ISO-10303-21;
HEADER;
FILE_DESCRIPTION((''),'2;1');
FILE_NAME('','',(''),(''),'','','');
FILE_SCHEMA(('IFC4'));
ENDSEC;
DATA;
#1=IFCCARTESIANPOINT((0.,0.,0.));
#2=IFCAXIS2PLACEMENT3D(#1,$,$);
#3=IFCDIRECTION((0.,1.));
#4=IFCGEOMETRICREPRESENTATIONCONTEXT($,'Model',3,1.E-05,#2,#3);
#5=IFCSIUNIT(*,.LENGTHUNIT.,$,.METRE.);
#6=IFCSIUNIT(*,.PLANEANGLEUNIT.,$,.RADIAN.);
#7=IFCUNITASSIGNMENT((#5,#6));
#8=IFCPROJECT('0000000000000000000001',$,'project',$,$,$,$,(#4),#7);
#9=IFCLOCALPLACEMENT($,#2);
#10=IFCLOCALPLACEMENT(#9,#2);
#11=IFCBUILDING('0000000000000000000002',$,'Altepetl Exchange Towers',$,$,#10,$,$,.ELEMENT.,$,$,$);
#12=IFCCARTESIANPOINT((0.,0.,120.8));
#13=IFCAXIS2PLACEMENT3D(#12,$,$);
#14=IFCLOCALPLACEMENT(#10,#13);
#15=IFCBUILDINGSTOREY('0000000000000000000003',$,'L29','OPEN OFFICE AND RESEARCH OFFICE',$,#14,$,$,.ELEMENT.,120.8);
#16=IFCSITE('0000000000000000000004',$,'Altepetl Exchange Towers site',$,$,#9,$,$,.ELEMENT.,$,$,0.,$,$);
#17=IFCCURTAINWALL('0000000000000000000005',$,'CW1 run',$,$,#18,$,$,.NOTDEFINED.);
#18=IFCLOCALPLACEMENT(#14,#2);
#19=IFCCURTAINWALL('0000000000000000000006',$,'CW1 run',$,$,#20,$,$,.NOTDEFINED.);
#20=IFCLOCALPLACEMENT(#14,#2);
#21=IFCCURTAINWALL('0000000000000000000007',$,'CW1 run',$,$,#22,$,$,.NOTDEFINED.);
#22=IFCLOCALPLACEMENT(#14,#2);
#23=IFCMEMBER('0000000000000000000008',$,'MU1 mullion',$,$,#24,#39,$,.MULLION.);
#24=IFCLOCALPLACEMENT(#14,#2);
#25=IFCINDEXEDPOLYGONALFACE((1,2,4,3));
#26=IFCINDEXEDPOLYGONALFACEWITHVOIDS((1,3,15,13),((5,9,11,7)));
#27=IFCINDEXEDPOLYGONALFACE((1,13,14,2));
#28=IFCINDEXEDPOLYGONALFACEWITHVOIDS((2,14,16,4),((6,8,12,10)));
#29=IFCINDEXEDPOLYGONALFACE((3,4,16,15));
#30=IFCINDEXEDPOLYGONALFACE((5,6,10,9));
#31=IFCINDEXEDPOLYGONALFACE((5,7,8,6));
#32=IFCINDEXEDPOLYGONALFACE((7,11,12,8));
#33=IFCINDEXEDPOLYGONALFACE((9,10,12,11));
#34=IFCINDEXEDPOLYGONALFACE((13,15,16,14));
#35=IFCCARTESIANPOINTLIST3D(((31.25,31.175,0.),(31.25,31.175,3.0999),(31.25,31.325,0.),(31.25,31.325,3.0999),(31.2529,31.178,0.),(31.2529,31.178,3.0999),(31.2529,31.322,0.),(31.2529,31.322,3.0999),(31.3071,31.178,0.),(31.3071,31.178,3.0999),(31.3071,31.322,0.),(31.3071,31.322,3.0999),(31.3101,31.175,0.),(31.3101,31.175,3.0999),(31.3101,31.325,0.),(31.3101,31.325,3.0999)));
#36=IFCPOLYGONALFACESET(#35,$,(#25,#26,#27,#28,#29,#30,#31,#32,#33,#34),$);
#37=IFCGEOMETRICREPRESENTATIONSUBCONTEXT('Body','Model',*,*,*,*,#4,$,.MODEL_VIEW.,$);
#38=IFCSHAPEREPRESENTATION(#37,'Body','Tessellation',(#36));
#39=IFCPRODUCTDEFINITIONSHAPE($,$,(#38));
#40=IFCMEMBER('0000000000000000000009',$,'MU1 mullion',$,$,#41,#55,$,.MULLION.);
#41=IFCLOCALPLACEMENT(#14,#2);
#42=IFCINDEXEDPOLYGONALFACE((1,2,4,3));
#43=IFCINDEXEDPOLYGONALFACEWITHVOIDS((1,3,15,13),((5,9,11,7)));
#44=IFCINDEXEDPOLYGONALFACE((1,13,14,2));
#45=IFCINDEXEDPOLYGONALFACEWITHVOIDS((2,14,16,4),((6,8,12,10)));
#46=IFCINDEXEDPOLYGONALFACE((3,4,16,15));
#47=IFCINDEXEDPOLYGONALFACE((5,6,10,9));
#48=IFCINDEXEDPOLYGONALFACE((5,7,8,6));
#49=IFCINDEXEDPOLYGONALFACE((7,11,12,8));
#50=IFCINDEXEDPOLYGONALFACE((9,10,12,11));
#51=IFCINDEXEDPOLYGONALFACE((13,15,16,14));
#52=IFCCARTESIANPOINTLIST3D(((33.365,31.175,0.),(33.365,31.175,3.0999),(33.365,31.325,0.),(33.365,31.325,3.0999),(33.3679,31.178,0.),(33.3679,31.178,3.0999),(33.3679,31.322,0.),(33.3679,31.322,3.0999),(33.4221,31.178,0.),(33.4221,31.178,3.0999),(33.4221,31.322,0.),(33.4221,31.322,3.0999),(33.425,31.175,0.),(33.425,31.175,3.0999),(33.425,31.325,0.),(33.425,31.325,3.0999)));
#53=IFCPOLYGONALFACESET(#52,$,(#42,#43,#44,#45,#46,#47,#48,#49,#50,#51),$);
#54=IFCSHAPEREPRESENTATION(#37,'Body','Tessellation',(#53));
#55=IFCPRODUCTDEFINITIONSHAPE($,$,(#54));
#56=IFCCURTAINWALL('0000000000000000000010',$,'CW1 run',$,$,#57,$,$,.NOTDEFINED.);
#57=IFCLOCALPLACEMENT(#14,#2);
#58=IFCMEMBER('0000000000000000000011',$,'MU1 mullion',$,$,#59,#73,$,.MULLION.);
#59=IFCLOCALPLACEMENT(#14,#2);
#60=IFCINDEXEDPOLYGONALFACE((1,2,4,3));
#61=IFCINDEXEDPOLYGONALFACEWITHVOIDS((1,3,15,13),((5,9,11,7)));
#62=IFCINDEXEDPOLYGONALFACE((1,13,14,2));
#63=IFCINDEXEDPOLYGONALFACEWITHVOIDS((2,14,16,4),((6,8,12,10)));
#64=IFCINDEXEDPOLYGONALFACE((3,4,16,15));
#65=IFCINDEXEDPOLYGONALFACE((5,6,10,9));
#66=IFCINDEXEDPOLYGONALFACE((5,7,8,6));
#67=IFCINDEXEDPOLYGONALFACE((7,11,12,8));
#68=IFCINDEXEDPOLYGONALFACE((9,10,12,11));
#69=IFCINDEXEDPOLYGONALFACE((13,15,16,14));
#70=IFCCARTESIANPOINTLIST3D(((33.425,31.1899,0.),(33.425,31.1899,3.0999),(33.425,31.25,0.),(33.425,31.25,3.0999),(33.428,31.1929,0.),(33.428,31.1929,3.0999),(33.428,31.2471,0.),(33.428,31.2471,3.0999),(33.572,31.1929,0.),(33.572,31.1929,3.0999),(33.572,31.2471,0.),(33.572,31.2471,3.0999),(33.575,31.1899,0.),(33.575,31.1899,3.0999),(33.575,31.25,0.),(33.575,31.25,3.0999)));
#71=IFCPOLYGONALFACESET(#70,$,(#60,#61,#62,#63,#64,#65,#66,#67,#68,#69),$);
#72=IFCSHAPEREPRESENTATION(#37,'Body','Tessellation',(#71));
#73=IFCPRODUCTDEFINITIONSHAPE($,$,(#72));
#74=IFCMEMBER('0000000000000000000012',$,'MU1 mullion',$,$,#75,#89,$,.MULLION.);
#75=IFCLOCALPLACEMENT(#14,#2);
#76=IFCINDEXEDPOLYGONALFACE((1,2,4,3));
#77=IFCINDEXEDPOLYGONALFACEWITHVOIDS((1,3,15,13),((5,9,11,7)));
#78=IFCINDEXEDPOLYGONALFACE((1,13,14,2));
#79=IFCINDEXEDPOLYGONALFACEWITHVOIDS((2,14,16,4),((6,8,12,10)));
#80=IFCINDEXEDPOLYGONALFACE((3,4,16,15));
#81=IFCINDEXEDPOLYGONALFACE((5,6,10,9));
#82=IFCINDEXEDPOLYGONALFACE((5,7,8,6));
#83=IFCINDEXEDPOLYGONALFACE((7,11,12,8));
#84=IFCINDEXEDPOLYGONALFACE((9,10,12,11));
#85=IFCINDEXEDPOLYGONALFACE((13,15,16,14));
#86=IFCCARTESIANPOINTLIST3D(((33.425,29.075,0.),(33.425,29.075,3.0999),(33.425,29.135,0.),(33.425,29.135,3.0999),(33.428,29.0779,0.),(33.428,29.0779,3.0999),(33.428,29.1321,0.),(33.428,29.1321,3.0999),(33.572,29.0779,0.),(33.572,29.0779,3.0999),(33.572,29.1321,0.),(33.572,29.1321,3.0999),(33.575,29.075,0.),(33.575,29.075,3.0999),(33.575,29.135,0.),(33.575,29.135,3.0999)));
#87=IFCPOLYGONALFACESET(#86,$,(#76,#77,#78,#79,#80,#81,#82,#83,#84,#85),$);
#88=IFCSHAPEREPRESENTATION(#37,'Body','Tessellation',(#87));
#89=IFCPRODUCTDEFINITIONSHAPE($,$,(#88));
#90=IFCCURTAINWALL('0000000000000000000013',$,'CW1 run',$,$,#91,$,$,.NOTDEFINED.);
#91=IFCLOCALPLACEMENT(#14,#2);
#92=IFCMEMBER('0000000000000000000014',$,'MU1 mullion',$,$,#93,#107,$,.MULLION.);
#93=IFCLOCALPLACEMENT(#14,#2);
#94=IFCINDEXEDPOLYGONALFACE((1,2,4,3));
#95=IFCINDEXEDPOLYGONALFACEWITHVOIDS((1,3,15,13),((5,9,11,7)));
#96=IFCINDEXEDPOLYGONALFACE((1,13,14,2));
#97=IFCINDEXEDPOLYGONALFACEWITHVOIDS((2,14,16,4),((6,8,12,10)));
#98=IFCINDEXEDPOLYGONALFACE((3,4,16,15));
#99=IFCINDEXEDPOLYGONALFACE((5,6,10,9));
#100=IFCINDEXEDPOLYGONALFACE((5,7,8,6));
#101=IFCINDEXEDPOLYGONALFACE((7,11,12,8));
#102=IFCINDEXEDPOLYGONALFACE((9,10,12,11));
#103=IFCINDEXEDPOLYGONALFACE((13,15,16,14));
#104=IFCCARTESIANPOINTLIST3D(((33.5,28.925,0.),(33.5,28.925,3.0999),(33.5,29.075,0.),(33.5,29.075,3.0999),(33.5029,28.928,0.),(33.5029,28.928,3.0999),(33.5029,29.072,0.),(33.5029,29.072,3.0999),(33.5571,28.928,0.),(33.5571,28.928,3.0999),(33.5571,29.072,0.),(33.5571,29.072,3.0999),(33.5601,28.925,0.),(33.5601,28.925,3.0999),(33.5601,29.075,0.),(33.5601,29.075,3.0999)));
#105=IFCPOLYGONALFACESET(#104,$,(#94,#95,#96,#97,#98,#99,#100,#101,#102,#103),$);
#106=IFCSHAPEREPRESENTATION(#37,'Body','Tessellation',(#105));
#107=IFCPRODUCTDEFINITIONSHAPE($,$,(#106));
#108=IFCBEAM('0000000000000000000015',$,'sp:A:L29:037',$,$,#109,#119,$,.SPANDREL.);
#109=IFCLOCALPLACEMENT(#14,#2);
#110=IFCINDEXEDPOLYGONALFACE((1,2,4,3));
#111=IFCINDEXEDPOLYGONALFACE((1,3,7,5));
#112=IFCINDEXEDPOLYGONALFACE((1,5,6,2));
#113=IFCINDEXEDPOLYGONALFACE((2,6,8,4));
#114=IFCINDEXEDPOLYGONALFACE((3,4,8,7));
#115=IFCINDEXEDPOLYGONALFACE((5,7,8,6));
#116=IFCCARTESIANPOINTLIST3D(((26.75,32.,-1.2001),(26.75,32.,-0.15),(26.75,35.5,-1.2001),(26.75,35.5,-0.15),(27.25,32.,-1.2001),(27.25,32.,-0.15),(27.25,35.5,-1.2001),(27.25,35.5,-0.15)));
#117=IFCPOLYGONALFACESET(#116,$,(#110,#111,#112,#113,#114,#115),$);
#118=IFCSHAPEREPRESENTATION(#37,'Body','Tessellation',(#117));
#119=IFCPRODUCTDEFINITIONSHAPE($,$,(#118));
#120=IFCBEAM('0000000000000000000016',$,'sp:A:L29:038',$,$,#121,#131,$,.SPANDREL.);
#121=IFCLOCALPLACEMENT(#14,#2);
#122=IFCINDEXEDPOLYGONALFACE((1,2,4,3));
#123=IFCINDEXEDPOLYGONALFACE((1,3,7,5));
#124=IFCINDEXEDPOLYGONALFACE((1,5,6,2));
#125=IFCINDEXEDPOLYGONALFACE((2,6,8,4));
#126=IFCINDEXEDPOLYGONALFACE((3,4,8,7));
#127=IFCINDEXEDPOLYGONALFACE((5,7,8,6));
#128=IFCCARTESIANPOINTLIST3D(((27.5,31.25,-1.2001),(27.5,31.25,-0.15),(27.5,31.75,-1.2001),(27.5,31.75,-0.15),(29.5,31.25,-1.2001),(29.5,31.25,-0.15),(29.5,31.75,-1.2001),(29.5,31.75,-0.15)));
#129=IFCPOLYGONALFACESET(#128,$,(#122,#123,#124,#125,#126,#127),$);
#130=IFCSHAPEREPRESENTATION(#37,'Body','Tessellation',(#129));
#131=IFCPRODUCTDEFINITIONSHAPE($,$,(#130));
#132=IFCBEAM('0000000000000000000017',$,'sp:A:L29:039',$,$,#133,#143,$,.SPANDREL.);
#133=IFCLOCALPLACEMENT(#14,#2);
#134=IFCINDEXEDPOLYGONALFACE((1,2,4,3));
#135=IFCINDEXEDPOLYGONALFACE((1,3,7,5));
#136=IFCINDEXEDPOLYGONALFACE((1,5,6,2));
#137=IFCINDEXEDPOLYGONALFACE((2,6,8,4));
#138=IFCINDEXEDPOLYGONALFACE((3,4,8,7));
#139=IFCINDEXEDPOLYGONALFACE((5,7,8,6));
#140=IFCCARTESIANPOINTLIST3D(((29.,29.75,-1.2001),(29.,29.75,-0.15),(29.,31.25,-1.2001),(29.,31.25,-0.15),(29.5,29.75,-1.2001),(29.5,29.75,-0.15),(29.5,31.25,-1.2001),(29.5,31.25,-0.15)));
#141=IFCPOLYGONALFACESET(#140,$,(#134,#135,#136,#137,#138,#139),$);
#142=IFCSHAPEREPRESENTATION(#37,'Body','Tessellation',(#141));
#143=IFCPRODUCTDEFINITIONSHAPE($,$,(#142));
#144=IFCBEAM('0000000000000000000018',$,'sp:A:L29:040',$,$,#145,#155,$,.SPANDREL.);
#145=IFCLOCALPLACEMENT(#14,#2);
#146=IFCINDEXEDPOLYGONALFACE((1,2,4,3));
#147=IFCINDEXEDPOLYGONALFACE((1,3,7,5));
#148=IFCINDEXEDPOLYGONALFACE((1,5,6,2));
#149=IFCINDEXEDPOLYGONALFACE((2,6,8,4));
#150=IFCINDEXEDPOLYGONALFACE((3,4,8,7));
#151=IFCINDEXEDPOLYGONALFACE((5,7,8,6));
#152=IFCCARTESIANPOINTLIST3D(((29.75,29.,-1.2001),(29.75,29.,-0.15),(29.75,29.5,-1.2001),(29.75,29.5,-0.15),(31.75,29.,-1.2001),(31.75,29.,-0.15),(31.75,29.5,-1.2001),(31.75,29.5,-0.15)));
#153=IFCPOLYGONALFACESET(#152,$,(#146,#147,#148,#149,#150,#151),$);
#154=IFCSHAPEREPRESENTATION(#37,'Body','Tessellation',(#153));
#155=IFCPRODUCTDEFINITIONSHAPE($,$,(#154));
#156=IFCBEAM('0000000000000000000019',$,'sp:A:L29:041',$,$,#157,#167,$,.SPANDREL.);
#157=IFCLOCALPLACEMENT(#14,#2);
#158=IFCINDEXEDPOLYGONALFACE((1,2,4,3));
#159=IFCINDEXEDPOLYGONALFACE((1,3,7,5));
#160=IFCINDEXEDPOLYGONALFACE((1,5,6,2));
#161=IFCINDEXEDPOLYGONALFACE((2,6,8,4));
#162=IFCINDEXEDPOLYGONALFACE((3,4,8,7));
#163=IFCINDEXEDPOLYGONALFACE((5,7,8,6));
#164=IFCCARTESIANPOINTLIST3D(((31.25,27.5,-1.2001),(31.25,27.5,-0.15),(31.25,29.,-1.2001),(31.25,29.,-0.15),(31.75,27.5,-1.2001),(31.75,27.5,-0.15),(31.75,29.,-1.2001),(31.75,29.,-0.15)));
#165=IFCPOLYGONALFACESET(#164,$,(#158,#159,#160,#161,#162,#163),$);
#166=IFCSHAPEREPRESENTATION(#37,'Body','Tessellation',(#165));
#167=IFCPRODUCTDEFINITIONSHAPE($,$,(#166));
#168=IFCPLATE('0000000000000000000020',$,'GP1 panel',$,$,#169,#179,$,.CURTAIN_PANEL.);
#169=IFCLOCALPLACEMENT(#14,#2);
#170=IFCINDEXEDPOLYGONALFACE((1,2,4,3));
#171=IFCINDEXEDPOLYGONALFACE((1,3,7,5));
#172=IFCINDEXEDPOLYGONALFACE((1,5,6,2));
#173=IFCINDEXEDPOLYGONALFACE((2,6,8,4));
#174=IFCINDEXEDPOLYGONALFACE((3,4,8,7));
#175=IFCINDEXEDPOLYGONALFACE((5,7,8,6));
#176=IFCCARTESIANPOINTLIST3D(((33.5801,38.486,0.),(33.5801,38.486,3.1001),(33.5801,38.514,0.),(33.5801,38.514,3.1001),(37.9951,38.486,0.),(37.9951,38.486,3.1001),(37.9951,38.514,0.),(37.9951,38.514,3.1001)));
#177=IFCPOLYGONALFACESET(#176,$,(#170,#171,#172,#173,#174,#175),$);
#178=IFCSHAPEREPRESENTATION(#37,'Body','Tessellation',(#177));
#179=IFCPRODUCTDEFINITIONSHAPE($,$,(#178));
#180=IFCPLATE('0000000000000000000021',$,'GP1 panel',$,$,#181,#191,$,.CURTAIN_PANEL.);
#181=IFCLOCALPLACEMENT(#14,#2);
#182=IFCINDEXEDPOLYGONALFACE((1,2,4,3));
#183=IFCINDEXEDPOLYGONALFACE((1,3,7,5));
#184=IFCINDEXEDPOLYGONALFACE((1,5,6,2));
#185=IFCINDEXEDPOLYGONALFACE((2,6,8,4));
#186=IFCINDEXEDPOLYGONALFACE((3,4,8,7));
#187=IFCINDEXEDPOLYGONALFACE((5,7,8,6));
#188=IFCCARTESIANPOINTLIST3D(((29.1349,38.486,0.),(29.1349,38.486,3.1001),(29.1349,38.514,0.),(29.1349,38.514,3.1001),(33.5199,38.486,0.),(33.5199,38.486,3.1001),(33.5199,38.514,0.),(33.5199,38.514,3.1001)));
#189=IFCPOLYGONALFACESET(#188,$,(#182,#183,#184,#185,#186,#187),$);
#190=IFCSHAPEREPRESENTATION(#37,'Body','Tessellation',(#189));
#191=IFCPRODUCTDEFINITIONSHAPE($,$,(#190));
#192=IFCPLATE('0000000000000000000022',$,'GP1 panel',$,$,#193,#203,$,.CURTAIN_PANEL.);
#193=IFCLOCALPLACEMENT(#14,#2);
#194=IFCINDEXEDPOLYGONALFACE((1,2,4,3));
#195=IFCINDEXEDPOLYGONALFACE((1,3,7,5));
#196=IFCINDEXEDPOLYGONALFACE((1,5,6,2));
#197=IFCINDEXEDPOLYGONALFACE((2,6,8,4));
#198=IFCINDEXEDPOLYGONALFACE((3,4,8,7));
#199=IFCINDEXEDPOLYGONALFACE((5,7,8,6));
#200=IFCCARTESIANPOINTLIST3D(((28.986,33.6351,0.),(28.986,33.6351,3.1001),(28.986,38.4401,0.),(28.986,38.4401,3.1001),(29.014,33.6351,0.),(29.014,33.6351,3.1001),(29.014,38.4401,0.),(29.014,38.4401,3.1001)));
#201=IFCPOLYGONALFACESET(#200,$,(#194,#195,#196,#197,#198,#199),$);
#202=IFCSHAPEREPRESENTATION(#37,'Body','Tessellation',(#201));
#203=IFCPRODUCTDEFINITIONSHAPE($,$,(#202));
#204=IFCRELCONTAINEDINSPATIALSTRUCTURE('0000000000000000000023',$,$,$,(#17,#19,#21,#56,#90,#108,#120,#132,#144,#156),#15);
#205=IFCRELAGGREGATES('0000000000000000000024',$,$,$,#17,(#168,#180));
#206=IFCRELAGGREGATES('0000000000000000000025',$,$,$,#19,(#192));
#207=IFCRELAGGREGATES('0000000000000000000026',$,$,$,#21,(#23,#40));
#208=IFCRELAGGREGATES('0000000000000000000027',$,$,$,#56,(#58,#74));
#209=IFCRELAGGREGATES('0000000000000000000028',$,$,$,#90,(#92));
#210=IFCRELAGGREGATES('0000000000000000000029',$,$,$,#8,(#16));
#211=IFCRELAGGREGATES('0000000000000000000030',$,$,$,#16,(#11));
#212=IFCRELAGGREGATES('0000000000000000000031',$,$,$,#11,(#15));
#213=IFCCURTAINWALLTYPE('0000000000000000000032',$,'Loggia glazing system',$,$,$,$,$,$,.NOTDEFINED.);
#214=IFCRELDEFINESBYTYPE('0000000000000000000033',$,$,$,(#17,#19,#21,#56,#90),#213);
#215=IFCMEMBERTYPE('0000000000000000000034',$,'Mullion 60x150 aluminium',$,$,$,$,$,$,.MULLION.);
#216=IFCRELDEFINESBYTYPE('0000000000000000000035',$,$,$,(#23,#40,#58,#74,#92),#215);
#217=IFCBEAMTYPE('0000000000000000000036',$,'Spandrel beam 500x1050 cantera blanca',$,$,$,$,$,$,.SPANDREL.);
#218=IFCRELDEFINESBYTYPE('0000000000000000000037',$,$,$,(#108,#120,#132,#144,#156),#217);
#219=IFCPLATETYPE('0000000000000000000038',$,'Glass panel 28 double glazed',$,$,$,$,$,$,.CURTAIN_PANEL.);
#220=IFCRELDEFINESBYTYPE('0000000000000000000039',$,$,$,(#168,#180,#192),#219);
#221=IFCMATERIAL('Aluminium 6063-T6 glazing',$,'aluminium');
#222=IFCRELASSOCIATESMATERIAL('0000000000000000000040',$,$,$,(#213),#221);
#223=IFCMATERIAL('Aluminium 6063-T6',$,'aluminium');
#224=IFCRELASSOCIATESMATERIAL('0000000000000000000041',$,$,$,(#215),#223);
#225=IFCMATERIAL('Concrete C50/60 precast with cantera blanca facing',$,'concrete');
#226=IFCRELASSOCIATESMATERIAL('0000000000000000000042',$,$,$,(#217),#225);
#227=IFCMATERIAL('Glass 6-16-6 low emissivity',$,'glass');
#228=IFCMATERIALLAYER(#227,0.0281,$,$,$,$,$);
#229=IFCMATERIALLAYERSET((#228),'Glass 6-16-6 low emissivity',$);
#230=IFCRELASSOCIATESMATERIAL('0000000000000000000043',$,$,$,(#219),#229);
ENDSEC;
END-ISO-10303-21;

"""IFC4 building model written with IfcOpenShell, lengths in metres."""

from ifc_helpers import new_model, si_unit, direction, frame, origin, origin_2d, place, context, subcontext, project, spatial, rectangle, hollow_rectangle, extrude, material, layer, layer_set, material_profile, profile_set, type_object, element, aggregate, save


model = new_model("IFC4")

# Units and contexts
model_context = context("Model", 3, precision=1e-05, world=origin(), true_north=direction((0.0, 1.0)))
body_context = subcontext(model_context, "Body", "Model", "MODEL_VIEW")
ifc_project = project(units=[si_unit("LENGTHUNIT", "METRE"), si_unit("PLANEANGLEUNIT", "RADIAN")], contexts=[model_context])

# Site, building, storey
site_placement = place(None, origin())
site = spatial("IfcSite", under=ifc_project, at=site_placement, Name="Altepetl Exchange Towers site", CompositionType="ELEMENT", RefElevation=0.0)
building_placement = place(site_placement, origin())
building = spatial("IfcBuilding", under=site, at=building_placement, Name="Altepetl Exchange Towers", CompositionType="ELEMENT")
storey_placement = place(building_placement, frame((0.0, 0.0, 120.8)))
storey = spatial("IfcBuildingStorey", under=building, at=storey_placement, Name="L29", Description="OPEN OFFICE AND RESEARCH OFFICE", CompositionType="ELEMENT", Elevation=120.8)

# Curtain walls, members
ifc_material_1 = material(Name="Aluminium 6063-T6 glazing", Category="aluminium")
curtain_wall_type = type_object("IfcCurtainWallType", Name="Loggia glazing system", PredefinedType="NOTDEFINED", material=ifc_material_1)
curtain_wall_1_placement = place(storey_placement, origin())
curtain_wall_1 = element("IfcCurtainWall", 1, at=curtain_wall_1_placement, inside=storey, type_object=curtain_wall_type, Name="CW1 run", PredefinedType="NOTDEFINED")
ifc_material_2 = material(Name="Aluminium 6063-T6", Category="aluminium")
ifc_material_profile_1 = material_profile(ifc_material_2, hollow_rectangle(XDim=0.0601, YDim=0.1499, WallThickness=0.0029, at=origin_2d()), Name="Mullion 60x150 aluminium")
ifc_profile_set_1 = profile_set([ifc_material_profile_1], Name="Aluminium 6063-T6")
member_type = type_object("IfcMemberType", Name="Mullion 60x150 aluminium", PredefinedType="MULLION", material=ifc_profile_set_1)
curtain_wall_2_placement = place(storey_placement, origin())
curtain_wall_2 = element("IfcCurtainWall", 2, at=curtain_wall_2_placement, inside=storey, type_object=curtain_wall_type, Name="CW1 run", PredefinedType="NOTDEFINED")
curtain_wall_3_placement = place(storey_placement, origin())
curtain_wall_3 = element("IfcCurtainWall", 3, at=curtain_wall_3_placement, inside=storey, type_object=curtain_wall_type, Name="CW1 run", PredefinedType="NOTDEFINED")
member_1_placement = place(storey_placement, frame((31.28, 31.25, 0.0)))
member_1 = element("IfcMember", 4, at=member_1_placement, type_object=member_type, Name="MU1 mullion", PredefinedType="MULLION", context=body_context, shape_type="SweptSolid", body=[
    extrude(hollow_rectangle(XDim=0.0601, YDim=0.1499, WallThickness=0.0029, at=origin_2d()), origin(), (0.0, 0.0, 1.0), 3.0999),
])
member_2_placement = place(storey_placement, frame((33.395, 31.25, 0.0)))
member_2 = element("IfcMember", 5, at=member_2_placement, type_object=member_type, Name="MU1 mullion", PredefinedType="MULLION", context=body_context, shape_type="SweptSolid", body=[
    extrude(hollow_rectangle(XDim=0.0601, YDim=0.1499, WallThickness=0.0029, at=origin_2d()), origin(), (0.0, 0.0, 1.0), 3.0999),
])
curtain_wall_4_placement = place(storey_placement, origin())
curtain_wall_4 = element("IfcCurtainWall", 6, at=curtain_wall_4_placement, inside=storey, type_object=curtain_wall_type, Name="CW1 run", PredefinedType="NOTDEFINED")
member_3_placement = place(storey_placement, frame((33.5, 31.22, 0.0), z_axis=(0.0, 0.0, 1.0), x_axis=(0.0, -1.0, 0.0)))
member_3 = element("IfcMember", 7, at=member_3_placement, type_object=member_type, Name="MU1 mullion", PredefinedType="MULLION", context=body_context, shape_type="SweptSolid", body=[
    extrude(hollow_rectangle(XDim=0.0601, YDim=0.1499, WallThickness=0.0029, at=origin_2d()), origin(), (0.0, 0.0, 1.0), 3.0999),
])
member_4_placement = place(storey_placement, frame((33.5, 29.105, 0.0), z_axis=(0.0, 0.0, 1.0), x_axis=(0.0, -1.0, 0.0)))
member_4 = element("IfcMember", 8, at=member_4_placement, type_object=member_type, Name="MU1 mullion", PredefinedType="MULLION", context=body_context, shape_type="SweptSolid", body=[
    extrude(hollow_rectangle(XDim=0.0601, YDim=0.1499, WallThickness=0.0029, at=origin_2d()), origin(), (0.0, 0.0, 1.0), 3.0999),
])

# Curtain wall, member
curtain_wall_5_placement = place(storey_placement, origin())
curtain_wall_5 = element("IfcCurtainWall", 9, at=curtain_wall_5_placement, inside=storey, type_object=curtain_wall_type, Name="CW1 run", PredefinedType="NOTDEFINED")
member_5_placement = place(storey_placement, frame((33.53, 29.0, 0.0)))
member_5 = element("IfcMember", 10, at=member_5_placement, type_object=member_type, Name="MU1 mullion", PredefinedType="MULLION", context=body_context, shape_type="SweptSolid", body=[
    extrude(hollow_rectangle(XDim=0.0601, YDim=0.1499, WallThickness=0.0029, at=origin_2d()), origin(), (0.0, 0.0, 1.0), 3.0999),
])

# Beams
ifc_material_3 = material(Name="Concrete C50/60 precast with cantera blanca facing", Category="concrete")
ifc_material_profile_2 = material_profile(ifc_material_3, rectangle(XDim=0.5, YDim=1.05, at=origin_2d()), Name="500 x 1050")
ifc_profile_set_2 = profile_set([ifc_material_profile_2], Name="Concrete C50/60 precast with cantera blanca facing")
beam_type_1 = type_object("IfcBeamType", Name="Spandrel beam 500x1050 cantera blanca", PredefinedType="SPANDREL", material=ifc_profile_set_2)
beam_1_placement = place(storey_placement, frame((27.0, 35.5, -0.675), z_axis=(0.0, -1.0, 0.0), x_axis=(1.0, 0.0, 0.0)))
element("IfcBeam", 11, at=beam_1_placement, inside=storey, type_object=beam_type_1, Name="sp:A:L29:037", PredefinedType="SPANDREL", context=body_context, shape_type="SweptSolid", body=[
    extrude(rectangle(XDim=0.5, YDim=1.05, at=origin_2d()), origin(), (0.0, 0.0, 1.0), 3.5),
])
beam_2_placement = place(storey_placement, frame((27.5, 31.5, -0.675), z_axis=(1.0, 0.0, 0.0), x_axis=(0.0, 1.0, 0.0)))
element("IfcBeam", 12, at=beam_2_placement, inside=storey, type_object=beam_type_1, Name="sp:A:L29:038", PredefinedType="SPANDREL", context=body_context, shape_type="SweptSolid", body=[
    extrude(rectangle(XDim=0.5, YDim=1.05, at=origin_2d()), origin(), (0.0, 0.0, 1.0), 2.0),
])
beam_3_placement = place(storey_placement, frame((29.25, 31.25, -0.675), z_axis=(0.0, -1.0, 0.0), x_axis=(1.0, 0.0, 0.0)))
element("IfcBeam", 13, at=beam_3_placement, inside=storey, type_object=beam_type_1, Name="sp:A:L29:039", PredefinedType="SPANDREL", context=body_context, shape_type="SweptSolid", body=[
    extrude(rectangle(XDim=0.5, YDim=1.05, at=origin_2d()), origin(), (0.0, 0.0, 1.0), 1.5),
])
beam_4_placement = place(storey_placement, frame((29.75, 29.25, -0.675), z_axis=(1.0, 0.0, 0.0), x_axis=(0.0, 1.0, 0.0)))
element("IfcBeam", 14, at=beam_4_placement, inside=storey, type_object=beam_type_1, Name="sp:A:L29:040", PredefinedType="SPANDREL", context=body_context, shape_type="SweptSolid", body=[
    extrude(rectangle(XDim=0.5, YDim=1.05, at=origin_2d()), origin(), (0.0, 0.0, 1.0), 2.0),
])
beam_5_placement = place(storey_placement, frame((31.5, 29.0, -0.675), z_axis=(0.0, -1.0, 0.0), x_axis=(1.0, 0.0, 0.0)))
element("IfcBeam", 15, at=beam_5_placement, inside=storey, type_object=beam_type_1, Name="sp:A:L29:041", PredefinedType="SPANDREL", context=body_context, shape_type="SweptSolid", body=[
    extrude(rectangle(XDim=0.5, YDim=1.05, at=origin_2d()), origin(), (0.0, 0.0, 1.0), 1.5),
])

# Plates
ifc_material_4 = material(Name="Glass 6-16-6 low emissivity", Category="glass")
ifc_layer = layer(ifc_material_4, 0.0281)
ifc_layer_set = layer_set([ifc_layer], Name="Glass 6-16-6 low emissivity")
plate_type = type_object("IfcPlateType", Name="Glass panel 28 double glazed", PredefinedType="CURTAIN_PANEL", material=ifc_layer_set)
plate_1_placement = place(storey_placement, frame((35.7876, 38.5, 0.0), z_axis=(0.0, 0.0, 1.0), x_axis=(-1.0, 0.0, 0.0)))
plate_1 = element("IfcPlate", 16, at=plate_1_placement, type_object=plate_type, Name="GP1 panel", PredefinedType="CURTAIN_PANEL", context=body_context, shape_type="SweptSolid", body=[
    extrude(rectangle(XDim=4.415, YDim=0.0281, at=origin_2d()), origin(), (0.0, 0.0, 1.0), 3.1001),
])
plate_2_placement = place(storey_placement, frame((31.3274, 38.5, 0.0), z_axis=(0.0, 0.0, 1.0), x_axis=(-1.0, 0.0, 0.0)))
plate_2 = element("IfcPlate", 17, at=plate_2_placement, type_object=plate_type, Name="GP1 panel", PredefinedType="CURTAIN_PANEL", context=body_context, shape_type="SweptSolid", body=[
    extrude(rectangle(XDim=4.385, YDim=0.0281, at=origin_2d()), origin(), (0.0, 0.0, 1.0), 3.1001),
])
aggregate(curtain_wall_1, [plate_1, plate_2])
plate_3_placement = place(storey_placement, frame((29.0, 36.0376, 0.0), z_axis=(0.0, 0.0, 1.0), x_axis=(0.0, -1.0, 0.0)))
plate_3 = element("IfcPlate", 18, at=plate_3_placement, type_object=plate_type, Name="GP1 panel", PredefinedType="CURTAIN_PANEL", context=body_context, shape_type="SweptSolid", body=[
    extrude(rectangle(XDim=4.8049, YDim=0.0281, at=origin_2d()), origin(), (0.0, 0.0, 1.0), 3.1001),
])
aggregate(curtain_wall_2, [plate_3])
aggregate(curtain_wall_3, [member_1, member_2])
aggregate(curtain_wall_4, [member_3, member_4])
aggregate(curtain_wall_5, [member_5])

save(model, "model.ifc")
